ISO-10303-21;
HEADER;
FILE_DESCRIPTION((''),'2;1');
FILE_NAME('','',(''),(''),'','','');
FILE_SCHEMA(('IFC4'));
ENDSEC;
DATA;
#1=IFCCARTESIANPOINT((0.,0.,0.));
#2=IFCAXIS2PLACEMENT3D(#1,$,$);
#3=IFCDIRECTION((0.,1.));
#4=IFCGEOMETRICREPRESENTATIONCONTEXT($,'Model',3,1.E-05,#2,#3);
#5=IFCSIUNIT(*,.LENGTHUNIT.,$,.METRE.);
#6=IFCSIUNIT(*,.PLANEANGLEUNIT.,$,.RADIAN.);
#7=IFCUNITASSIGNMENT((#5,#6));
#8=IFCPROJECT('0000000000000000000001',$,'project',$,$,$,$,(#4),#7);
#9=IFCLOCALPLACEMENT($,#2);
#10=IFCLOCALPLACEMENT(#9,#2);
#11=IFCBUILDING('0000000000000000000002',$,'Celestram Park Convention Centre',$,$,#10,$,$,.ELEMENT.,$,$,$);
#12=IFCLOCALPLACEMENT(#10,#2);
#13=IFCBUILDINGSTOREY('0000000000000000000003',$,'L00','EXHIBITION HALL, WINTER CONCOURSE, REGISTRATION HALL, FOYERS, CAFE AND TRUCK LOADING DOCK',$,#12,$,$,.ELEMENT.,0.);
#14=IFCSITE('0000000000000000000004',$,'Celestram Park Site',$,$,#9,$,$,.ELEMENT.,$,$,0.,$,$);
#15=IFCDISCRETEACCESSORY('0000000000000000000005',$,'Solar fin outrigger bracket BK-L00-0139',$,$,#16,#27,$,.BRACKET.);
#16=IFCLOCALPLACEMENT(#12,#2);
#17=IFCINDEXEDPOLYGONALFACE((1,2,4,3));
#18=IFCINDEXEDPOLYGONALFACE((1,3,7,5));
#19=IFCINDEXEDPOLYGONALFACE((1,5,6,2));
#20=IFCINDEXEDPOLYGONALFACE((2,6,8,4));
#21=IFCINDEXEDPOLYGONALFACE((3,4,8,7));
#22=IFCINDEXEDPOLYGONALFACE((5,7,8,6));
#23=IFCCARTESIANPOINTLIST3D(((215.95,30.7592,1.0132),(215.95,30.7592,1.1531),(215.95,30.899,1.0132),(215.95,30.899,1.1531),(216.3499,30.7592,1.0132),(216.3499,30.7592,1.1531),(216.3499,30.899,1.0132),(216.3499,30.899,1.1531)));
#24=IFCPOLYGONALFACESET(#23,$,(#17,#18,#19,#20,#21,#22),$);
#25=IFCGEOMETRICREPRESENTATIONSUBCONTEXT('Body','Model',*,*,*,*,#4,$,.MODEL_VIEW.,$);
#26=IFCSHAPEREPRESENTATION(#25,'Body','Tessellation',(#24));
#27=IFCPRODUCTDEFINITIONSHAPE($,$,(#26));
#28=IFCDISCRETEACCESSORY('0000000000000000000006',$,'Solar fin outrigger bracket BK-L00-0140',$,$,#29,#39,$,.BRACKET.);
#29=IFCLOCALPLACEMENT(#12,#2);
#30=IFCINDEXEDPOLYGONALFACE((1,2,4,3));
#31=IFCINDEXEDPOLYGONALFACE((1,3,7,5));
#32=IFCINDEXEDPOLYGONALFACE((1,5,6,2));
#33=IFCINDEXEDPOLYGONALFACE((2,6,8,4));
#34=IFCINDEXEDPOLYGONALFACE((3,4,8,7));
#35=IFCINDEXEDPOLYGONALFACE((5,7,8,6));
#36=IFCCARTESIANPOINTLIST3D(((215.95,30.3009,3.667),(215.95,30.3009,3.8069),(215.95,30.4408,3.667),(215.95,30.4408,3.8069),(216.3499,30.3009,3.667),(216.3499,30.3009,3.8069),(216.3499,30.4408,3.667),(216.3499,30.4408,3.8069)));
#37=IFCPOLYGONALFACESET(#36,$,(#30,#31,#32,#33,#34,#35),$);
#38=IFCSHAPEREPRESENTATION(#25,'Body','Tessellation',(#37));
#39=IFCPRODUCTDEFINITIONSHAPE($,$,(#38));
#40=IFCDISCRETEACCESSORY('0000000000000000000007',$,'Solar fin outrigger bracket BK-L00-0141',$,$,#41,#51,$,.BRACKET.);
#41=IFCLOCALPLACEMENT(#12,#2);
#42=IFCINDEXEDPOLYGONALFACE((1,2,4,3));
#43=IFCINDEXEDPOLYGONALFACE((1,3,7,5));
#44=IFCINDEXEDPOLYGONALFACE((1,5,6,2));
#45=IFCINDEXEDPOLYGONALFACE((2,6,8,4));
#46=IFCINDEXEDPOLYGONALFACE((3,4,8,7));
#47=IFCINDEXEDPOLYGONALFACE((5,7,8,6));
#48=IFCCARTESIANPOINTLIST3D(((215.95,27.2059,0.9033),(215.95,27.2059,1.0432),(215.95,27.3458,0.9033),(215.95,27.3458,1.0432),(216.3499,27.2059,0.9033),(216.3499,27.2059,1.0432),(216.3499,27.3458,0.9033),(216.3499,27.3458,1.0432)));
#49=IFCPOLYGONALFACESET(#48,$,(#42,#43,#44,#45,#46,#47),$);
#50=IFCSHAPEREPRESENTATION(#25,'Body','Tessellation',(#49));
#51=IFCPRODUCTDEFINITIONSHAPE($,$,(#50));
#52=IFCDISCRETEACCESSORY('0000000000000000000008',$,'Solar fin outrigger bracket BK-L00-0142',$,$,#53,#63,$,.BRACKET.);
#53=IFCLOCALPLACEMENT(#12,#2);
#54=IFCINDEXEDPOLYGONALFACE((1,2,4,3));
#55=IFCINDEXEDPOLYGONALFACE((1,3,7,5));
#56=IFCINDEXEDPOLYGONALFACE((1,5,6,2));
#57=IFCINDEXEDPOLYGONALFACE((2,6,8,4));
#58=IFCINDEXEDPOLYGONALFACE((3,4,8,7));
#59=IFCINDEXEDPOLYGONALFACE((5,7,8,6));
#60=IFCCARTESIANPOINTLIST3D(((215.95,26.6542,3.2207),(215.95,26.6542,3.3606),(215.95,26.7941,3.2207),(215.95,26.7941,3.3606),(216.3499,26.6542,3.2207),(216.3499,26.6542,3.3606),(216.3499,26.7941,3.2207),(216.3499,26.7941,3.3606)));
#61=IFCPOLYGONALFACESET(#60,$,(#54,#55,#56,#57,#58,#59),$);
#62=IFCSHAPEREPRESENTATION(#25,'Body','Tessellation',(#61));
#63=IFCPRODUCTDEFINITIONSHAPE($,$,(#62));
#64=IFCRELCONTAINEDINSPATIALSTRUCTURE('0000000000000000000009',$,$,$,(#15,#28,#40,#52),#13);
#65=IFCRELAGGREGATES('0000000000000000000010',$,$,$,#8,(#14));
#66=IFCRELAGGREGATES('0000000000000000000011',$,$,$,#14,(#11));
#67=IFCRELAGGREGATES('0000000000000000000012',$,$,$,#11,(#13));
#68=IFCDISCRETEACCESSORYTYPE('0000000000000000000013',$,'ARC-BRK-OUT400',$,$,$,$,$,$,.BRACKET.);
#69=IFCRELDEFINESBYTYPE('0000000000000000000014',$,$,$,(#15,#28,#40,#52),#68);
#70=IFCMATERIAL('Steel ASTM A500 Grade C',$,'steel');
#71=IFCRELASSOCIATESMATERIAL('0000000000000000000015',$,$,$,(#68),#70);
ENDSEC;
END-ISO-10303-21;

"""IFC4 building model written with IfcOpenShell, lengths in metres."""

from ifc_helpers import new_model, si_unit, direction, frame, origin, origin_2d, place, context, subcontext, project, spatial, rectangle, extrude, material, type_object, element, save


model = new_model("IFC4")

# Units and contexts
model_context = context("Model", 3, precision=1e-05, world=origin(), true_north=direction((0.0, 1.0)))
body_context = subcontext(model_context, "Body", "Model", "MODEL_VIEW")
ifc_project = project(units=[si_unit("LENGTHUNIT", "METRE"), si_unit("PLANEANGLEUNIT", "RADIAN")], contexts=[model_context])

# Site, building, storey
site_placement = place(None, origin())
site = spatial("IfcSite", under=ifc_project, at=site_placement, Name="Celestram Park Site", CompositionType="ELEMENT", RefElevation=0.0)
building_placement = place(site_placement, origin())
building = spatial("IfcBuilding", under=site, at=building_placement, Name="Celestram Park Convention Centre", CompositionType="ELEMENT")
storey_placement = place(building_placement, origin())
storey = spatial("IfcBuildingStorey", under=building, at=storey_placement, Name="L00", Description="EXHIBITION HALL, WINTER CONCOURSE, REGISTRATION HALL, FOYERS, CAFE AND TRUCK LOADING DOCK", CompositionType="ELEMENT", Elevation=0.0)

# Shared definitions
ifc_material_1 = material(Name="Steel ASTM A500 Grade C", Category="steel")

# Discrete accessories
discrete_accessory_type = type_object("IfcDiscreteAccessoryType", Name="ARC-BRK-OUT400", PredefinedType="BRACKET", material=ifc_material_1)
for number, where, z_axis, x_axis, name in (
    (1, (216.1499, 30.8291, 1.0132), (0.0, 0.0, 1.0), (1.0, 0.0, 0.0), "Solar fin outrigger bracket BK-L00-0139"),
    (2, (216.1499, 30.3708, 3.667), (0.0, 0.0, 1.0), (1.0, 0.0, 0.0), "Solar fin outrigger bracket BK-L00-0140"),
    (3, (216.1499, 27.2759, 0.9033), (0.0, 0.0, 1.0), (1.0, 0.0, 0.0), "Solar fin outrigger bracket BK-L00-0141"),
    (4, (216.1499, 26.7241, 3.2207), (0.0, 0.0, 1.0), (1.0, 0.0, 0.0), "Solar fin outrigger bracket BK-L00-0142"),
):
    element("IfcDiscreteAccessory", number, at=place(storey_placement, frame(where, z_axis=z_axis, x_axis=x_axis)), inside=storey, type_object=discrete_accessory_type, Name=name, PredefinedType="BRACKET", context=body_context, shape_type="SweptSolid", body=[
        extrude(rectangle(XDim=0.3999, YDim=0.1399, at=origin_2d()), origin(), (0.0, 0.0, 1.0), 0.1399),
    ])

save(model, "model.ifc")
